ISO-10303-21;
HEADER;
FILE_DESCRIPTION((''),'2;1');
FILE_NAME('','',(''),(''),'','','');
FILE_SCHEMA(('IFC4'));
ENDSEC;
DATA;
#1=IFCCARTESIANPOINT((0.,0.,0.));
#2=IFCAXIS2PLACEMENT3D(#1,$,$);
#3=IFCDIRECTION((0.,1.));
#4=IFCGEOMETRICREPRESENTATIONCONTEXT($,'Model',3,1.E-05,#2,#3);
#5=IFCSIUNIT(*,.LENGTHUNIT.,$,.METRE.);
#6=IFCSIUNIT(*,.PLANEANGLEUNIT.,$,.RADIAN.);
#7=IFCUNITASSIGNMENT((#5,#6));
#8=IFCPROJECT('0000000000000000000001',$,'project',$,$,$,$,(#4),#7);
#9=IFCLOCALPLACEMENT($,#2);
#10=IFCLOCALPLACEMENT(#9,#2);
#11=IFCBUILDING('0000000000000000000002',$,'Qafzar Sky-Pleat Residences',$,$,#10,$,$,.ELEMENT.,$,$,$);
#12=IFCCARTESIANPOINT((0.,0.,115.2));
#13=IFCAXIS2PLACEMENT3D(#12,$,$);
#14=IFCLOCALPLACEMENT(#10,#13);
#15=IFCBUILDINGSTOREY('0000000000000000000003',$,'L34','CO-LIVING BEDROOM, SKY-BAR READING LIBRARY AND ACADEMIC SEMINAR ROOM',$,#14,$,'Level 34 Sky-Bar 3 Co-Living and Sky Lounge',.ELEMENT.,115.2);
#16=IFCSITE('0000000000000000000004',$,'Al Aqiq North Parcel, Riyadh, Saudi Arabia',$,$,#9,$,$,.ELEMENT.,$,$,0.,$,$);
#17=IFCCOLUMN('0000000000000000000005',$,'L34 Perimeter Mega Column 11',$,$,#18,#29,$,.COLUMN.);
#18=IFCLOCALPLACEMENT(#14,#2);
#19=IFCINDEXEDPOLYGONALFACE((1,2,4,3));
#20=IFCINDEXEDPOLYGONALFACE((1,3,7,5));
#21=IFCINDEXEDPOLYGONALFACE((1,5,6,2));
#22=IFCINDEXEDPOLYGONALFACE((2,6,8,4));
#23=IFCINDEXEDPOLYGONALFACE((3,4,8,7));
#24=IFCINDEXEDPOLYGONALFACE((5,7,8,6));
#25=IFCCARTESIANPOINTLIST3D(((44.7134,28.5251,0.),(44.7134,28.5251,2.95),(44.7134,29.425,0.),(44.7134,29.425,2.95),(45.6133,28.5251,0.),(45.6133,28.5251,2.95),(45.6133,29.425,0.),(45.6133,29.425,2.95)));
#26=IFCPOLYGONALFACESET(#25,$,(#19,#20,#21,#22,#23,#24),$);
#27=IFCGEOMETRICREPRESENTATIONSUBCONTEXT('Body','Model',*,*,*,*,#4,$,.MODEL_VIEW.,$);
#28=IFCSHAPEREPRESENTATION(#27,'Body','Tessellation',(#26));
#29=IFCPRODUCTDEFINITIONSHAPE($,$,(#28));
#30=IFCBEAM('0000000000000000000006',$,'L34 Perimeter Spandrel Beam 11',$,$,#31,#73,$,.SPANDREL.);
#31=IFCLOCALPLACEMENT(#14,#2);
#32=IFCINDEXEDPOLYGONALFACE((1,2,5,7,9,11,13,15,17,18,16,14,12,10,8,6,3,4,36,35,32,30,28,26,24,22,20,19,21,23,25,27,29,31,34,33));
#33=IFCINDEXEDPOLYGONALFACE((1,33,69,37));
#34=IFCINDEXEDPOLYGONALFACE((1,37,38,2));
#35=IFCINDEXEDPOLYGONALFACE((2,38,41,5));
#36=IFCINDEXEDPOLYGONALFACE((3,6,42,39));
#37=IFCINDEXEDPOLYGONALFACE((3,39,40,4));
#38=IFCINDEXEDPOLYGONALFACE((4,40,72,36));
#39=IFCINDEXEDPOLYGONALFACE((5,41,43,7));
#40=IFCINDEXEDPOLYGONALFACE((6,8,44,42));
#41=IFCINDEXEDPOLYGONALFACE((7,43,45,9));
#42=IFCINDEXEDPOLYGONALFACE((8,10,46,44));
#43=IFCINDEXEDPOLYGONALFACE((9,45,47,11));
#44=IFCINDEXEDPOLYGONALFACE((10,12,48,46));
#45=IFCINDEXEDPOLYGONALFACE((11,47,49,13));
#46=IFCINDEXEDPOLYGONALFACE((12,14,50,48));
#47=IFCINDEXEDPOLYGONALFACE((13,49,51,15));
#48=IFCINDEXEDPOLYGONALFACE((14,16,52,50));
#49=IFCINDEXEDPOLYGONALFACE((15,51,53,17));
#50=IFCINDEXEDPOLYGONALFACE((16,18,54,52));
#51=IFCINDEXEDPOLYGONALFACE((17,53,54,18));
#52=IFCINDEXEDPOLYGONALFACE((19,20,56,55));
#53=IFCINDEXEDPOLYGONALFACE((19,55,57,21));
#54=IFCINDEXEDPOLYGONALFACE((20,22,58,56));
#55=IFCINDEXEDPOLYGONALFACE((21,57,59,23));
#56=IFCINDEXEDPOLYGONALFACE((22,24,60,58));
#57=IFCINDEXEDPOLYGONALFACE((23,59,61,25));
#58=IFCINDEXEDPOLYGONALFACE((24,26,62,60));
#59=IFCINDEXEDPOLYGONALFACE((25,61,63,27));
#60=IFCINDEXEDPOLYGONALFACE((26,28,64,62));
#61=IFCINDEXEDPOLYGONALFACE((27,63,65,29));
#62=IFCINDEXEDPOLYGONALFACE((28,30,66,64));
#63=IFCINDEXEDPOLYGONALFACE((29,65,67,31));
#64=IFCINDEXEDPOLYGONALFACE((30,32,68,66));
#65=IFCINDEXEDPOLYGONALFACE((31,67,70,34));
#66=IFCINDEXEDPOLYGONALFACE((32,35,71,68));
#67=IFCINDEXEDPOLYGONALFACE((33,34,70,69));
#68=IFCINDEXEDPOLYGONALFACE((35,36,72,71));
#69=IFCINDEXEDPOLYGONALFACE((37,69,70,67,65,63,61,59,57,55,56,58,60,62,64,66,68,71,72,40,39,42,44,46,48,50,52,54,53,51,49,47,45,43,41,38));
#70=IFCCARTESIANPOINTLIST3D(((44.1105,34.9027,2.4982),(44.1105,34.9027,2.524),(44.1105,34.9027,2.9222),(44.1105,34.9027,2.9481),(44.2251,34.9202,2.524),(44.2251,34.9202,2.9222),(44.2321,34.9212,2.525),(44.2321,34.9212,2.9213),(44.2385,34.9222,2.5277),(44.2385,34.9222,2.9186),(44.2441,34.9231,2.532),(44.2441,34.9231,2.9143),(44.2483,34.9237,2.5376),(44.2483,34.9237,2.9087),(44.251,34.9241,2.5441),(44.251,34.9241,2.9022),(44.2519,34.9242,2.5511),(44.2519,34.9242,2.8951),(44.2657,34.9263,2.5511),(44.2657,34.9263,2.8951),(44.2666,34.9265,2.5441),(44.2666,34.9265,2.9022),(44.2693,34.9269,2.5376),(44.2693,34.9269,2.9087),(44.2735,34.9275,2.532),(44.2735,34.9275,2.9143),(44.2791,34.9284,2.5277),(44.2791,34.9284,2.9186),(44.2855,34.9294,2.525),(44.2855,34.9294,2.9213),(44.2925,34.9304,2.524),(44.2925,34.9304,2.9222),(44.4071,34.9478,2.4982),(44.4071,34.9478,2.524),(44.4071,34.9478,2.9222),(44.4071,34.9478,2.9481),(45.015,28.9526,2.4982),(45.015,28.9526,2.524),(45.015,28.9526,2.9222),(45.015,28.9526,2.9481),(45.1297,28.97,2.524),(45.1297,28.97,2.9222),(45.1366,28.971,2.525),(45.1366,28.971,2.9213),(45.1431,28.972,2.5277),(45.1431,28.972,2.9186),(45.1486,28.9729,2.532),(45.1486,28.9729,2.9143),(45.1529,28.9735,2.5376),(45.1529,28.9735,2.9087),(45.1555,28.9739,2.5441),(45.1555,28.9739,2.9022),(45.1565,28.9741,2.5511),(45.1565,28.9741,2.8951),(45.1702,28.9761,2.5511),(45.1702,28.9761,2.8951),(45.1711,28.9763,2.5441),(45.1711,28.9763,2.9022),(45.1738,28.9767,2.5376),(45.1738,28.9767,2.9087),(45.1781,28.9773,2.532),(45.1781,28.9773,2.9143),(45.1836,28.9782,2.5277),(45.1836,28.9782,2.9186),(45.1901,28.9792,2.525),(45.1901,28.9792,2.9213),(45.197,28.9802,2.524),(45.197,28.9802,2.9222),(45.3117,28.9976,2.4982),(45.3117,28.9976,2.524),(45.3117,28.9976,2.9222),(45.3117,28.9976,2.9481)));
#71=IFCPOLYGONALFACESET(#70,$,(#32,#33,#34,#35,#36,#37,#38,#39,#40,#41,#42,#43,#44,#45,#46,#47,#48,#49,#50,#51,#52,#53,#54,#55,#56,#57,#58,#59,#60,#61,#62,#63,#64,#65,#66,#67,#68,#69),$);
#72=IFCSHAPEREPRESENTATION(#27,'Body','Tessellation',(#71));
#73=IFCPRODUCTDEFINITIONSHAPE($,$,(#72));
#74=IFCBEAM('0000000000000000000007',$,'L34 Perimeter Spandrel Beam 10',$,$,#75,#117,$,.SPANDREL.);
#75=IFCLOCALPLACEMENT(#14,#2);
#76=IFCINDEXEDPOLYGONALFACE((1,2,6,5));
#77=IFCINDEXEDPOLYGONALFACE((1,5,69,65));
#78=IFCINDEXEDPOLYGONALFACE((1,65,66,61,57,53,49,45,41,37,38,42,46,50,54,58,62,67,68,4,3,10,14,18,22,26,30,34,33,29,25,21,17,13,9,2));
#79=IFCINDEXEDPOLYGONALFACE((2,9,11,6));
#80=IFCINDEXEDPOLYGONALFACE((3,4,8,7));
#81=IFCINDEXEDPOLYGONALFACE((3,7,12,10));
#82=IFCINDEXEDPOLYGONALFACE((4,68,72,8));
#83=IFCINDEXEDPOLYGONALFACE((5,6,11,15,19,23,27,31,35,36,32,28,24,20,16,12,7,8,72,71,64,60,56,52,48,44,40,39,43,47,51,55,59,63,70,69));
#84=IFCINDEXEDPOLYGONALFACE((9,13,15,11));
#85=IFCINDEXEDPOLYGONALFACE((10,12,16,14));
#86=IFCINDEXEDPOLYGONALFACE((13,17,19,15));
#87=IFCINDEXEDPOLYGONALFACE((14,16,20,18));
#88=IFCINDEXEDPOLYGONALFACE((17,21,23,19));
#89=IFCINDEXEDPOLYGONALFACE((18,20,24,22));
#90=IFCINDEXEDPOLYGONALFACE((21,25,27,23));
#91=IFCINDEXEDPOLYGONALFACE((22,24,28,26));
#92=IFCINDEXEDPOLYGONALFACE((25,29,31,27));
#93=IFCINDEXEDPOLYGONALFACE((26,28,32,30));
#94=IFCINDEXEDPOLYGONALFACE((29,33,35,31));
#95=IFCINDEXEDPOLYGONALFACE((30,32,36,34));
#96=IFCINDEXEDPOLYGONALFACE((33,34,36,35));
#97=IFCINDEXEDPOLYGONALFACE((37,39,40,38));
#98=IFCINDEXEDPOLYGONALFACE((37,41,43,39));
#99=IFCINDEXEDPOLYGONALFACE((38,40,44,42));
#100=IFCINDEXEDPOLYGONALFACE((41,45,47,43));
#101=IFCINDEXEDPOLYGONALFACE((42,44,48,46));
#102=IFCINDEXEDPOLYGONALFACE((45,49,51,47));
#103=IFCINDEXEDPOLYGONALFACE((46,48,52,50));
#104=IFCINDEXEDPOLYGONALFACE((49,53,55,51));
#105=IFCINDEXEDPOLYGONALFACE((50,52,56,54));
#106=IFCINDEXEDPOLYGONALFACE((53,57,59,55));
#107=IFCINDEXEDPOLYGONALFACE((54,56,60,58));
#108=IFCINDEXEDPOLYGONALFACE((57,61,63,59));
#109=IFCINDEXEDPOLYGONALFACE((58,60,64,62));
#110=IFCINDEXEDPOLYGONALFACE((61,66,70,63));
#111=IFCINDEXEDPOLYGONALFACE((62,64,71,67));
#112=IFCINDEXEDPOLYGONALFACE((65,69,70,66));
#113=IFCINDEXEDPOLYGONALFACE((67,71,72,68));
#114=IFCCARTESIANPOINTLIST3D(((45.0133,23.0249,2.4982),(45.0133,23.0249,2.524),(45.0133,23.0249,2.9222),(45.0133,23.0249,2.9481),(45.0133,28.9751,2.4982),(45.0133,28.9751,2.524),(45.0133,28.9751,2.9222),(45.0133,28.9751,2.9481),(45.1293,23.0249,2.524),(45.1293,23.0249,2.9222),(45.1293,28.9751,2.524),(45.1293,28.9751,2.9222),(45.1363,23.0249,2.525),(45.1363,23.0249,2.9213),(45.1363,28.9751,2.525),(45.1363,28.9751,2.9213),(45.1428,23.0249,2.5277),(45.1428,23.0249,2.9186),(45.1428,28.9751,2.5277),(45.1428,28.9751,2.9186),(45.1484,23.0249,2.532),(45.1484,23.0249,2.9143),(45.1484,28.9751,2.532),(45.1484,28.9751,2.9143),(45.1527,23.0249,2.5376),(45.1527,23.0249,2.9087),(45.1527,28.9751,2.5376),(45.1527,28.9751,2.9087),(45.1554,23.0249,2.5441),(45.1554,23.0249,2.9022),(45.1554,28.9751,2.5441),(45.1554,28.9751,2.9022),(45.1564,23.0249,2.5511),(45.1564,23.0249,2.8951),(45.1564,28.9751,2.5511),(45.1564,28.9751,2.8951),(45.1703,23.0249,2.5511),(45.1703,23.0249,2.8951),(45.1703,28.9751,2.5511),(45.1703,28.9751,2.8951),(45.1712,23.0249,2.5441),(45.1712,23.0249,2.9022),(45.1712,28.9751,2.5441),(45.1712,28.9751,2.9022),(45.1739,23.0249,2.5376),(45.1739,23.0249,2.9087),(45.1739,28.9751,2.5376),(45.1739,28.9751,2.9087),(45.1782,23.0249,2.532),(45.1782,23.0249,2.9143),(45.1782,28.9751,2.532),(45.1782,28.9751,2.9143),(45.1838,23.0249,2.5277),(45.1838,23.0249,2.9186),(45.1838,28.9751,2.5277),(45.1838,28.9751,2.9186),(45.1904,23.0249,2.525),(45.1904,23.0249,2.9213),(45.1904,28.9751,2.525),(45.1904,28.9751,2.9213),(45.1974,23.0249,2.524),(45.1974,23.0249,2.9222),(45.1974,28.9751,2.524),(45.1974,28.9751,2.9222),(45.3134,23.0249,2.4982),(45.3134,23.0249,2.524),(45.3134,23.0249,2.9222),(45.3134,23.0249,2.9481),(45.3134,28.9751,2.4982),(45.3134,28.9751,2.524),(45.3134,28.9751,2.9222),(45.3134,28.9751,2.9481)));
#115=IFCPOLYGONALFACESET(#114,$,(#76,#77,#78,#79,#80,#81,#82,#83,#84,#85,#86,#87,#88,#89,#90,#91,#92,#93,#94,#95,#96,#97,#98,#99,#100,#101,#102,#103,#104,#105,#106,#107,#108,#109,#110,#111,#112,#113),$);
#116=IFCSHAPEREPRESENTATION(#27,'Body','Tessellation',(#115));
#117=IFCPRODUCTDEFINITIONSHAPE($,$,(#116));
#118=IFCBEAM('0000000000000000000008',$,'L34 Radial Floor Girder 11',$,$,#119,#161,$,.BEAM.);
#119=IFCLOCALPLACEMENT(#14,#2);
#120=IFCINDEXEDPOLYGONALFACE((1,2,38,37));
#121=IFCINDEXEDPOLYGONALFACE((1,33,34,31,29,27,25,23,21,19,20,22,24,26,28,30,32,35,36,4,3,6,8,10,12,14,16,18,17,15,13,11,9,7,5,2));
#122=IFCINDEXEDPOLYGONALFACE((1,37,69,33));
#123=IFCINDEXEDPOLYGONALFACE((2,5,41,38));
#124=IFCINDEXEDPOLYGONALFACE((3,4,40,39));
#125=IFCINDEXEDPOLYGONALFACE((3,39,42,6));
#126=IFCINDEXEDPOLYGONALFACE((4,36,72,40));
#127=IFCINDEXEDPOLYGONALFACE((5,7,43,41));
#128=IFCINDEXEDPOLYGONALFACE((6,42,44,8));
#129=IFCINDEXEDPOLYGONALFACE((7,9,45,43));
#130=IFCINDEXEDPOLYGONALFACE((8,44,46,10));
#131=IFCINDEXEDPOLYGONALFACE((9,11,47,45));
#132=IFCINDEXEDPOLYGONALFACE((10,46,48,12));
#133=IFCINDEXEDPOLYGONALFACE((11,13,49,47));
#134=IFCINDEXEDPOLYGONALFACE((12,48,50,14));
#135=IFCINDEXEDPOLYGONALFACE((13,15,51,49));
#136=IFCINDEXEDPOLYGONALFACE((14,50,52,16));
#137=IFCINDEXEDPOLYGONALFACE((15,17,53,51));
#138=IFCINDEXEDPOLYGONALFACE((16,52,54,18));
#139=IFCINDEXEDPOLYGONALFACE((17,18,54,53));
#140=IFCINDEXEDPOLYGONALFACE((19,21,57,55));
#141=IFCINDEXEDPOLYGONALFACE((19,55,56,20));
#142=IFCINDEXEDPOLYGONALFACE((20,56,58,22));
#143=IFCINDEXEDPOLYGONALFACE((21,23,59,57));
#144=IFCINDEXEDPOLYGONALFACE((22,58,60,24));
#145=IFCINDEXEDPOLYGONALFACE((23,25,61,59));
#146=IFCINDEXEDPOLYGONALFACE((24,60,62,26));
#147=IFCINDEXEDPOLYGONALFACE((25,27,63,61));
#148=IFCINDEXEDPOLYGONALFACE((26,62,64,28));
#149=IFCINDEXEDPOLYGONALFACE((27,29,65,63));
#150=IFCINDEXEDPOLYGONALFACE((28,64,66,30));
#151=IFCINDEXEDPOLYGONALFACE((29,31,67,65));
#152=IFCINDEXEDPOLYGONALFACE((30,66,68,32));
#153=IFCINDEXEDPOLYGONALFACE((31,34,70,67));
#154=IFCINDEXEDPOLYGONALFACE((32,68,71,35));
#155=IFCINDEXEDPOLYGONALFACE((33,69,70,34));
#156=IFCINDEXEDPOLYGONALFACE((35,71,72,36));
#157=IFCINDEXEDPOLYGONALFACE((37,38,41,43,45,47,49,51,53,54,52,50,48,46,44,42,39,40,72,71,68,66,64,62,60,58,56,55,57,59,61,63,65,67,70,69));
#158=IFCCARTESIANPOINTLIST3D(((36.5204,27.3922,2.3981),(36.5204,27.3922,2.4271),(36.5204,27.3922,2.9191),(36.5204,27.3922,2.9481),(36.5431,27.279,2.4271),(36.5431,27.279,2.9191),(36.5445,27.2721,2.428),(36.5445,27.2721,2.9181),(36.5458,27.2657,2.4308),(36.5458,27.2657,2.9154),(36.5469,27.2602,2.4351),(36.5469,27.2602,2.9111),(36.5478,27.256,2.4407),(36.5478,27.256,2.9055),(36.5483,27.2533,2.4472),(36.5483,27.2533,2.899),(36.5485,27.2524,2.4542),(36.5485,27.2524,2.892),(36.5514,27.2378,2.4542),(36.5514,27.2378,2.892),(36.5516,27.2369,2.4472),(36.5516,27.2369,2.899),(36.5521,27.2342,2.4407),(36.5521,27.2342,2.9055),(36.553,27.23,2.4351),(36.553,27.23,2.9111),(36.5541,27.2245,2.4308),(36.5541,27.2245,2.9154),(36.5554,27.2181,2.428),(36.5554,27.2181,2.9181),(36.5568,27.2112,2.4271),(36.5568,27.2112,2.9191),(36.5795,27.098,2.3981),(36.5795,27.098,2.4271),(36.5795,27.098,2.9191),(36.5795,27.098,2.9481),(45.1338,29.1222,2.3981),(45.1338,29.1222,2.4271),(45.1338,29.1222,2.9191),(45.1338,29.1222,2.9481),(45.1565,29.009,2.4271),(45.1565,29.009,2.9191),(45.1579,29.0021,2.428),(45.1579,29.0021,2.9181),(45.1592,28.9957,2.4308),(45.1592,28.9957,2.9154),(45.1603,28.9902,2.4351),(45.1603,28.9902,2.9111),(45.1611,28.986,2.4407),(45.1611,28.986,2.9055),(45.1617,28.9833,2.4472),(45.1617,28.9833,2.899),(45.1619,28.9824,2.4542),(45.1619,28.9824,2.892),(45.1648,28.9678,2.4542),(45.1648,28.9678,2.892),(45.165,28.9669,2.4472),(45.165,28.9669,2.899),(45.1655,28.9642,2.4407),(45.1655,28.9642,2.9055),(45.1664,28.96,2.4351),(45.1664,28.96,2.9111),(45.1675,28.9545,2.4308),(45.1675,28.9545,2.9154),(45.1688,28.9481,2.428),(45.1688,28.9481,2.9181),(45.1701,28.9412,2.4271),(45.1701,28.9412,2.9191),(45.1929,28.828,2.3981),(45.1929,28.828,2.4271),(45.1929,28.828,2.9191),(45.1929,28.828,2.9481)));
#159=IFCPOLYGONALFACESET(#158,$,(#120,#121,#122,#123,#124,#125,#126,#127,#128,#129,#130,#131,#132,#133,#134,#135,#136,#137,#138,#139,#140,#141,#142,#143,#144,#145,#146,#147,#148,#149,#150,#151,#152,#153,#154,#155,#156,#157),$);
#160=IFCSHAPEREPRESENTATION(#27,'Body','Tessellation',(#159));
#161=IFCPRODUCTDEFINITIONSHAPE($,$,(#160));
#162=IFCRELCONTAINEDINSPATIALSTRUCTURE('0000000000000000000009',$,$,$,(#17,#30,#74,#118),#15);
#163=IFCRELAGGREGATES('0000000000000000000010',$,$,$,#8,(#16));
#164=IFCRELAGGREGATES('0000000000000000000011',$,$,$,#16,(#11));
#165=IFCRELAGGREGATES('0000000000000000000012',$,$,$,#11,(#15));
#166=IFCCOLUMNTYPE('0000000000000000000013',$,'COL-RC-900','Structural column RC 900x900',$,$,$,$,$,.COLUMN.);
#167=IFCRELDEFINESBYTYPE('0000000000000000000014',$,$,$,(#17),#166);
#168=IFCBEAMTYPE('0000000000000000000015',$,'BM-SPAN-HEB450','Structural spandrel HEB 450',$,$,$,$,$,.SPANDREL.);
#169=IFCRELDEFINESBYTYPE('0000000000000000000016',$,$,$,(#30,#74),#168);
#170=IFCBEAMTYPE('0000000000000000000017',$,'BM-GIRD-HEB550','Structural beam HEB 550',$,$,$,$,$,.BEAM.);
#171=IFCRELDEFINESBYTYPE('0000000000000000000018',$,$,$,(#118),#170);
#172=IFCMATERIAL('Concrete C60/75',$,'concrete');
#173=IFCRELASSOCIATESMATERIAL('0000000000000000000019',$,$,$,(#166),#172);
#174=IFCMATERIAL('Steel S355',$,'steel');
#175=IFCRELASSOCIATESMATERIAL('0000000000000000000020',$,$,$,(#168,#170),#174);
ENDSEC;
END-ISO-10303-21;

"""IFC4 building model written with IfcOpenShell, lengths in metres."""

from ifc_helpers import new_model, si_unit, direction, frame, origin, origin_2d, place, context, subcontext, project, spatial, rectangle, i_section, extrude, source, transform, mapped, material, material_profile, profile_set, type_object, element, save


model = new_model("IFC4")

# Units and contexts
model_context = context("Model", 3, precision=1e-05, world=origin(), true_north=direction((0.0, 1.0)))
body_context = subcontext(model_context, "Body", "Model", "MODEL_VIEW")
ifc_project = project(units=[si_unit("LENGTHUNIT", "METRE"), si_unit("PLANEANGLEUNIT", "RADIAN")], contexts=[model_context])

# Site, building, storey
site_placement = place(None, origin())
site = spatial("IfcSite", under=ifc_project, at=site_placement, Name="Al Aqiq North Parcel, Riyadh, Saudi Arabia", CompositionType="ELEMENT", RefElevation=0.0)
building_placement = place(site_placement, origin())
building = spatial("IfcBuilding", under=site, at=building_placement, Name="Qafzar Sky-Pleat Residences", CompositionType="ELEMENT")
storey_placement = place(building_placement, frame((0.0, 0.0, 115.2)))
storey = spatial("IfcBuildingStorey", under=building, at=storey_placement, Name="L34", Description="CO-LIVING BEDROOM, SKY-BAR READING LIBRARY AND ACADEMIC SEMINAR ROOM", LongName="Level 34 Sky-Bar 3 Co-Living and Sky Lounge", CompositionType="ELEMENT", Elevation=115.2)

# Column
ifc_material_1 = material(Name="Concrete C60/75", Category="concrete")
ifc_material_profile_1 = material_profile(ifc_material_1, rectangle(XDim=0.8999, YDim=0.8999, at=origin_2d()), Name="RC 900x900")
ifc_profile_set_1 = profile_set([ifc_material_profile_1], Name="Concrete C60/75")
column_type = type_object("IfcColumnType", Name="COL-RC-900", Description="Structural column RC 900x900", PredefinedType="COLUMN", material=ifc_profile_set_1)
shared_shape_1 = source(origin(), body_context, "Body", "SweptSolid", [
    extrude(rectangle(XDim=0.8999, YDim=0.8999, at=origin_2d()), origin(), (0.0, 0.0, 1.0), 2.95),
])
column_placement = place(storey_placement, frame((45.1633, 28.9751, 0.0), z_axis=(0.0, 0.0, 1.0), x_axis=(1.0, 0.0, 0.0)))
element("IfcColumn", 1, at=column_placement, inside=storey, type_object=column_type, Name="L34 Perimeter Mega Column 11", PredefinedType="COLUMN", context=body_context, shape_type="MappedRepresentation", body=[
    mapped(shared_shape_1, transform((0.0, 0.0, 0.0), x_axis=(1.0, 0.0, 0.0), y_axis=(0.0, 1.0, 0.0), z_axis=(0.0, 0.0, 1.0), scale=1.0)),
])

# Beams
ifc_material_2 = material(Name="Steel S355", Category="steel")
ifc_material_profile_2 = material_profile(ifc_material_2, i_section(OverallWidth=0.3, OverallDepth=0.45, WebThickness=0.0139, FlangeThickness=0.0259, FilletRadius=0.0271, at=origin_2d()), Name="HEB 450")
ifc_profile_set_2 = profile_set([ifc_material_profile_2], Name="Steel S355")
beam_type_1 = type_object("IfcBeamType", Name="BM-SPAN-HEB450", Description="Structural spandrel HEB 450", PredefinedType="SPANDREL", material=ifc_profile_set_2)
shared_shape_2 = source(origin(), body_context, "Body", "SweptSolid", [
    extrude(i_section(OverallWidth=0.3, OverallDepth=0.45, WebThickness=0.0139, FlangeThickness=0.0259, FilletRadius=0.0271, at=origin_2d()), origin(), (0.0, 0.0, 1.0), 6.0186),
])
beam_1_placement = place(storey_placement, frame((45.1633, 28.9751, 2.7231), z_axis=(-0.150292, 0.988642, 0.0), x_axis=(-0.988642, -0.150292, 0.0)))
element("IfcBeam", 2, at=beam_1_placement, inside=storey, type_object=beam_type_1, Name="L34 Perimeter Spandrel Beam 11", PredefinedType="SPANDREL", context=body_context, shape_type="MappedRepresentation", body=[
    mapped(shared_shape_2, transform((0.0, 0.0, 0.0), x_axis=(1.0, 0.0, 0.0), y_axis=(0.0, 1.0, 0.0), z_axis=(0.0, 0.0, 1.0), scale=1.0)),
])
shared_shape_3 = source(origin(), body_context, "Body", "SweptSolid", [
    extrude(i_section(OverallWidth=0.3, OverallDepth=0.45, WebThickness=0.0139, FlangeThickness=0.0259, FilletRadius=0.0271, at=origin_2d()), origin(), (0.0, 0.0, 1.0), 5.9502),
])
beam_2_placement = place(storey_placement, frame((45.1633, 23.0249, 2.7231), z_axis=(0.0, 1.0, 0.0), x_axis=(-1.0, 0.0, 0.0)))
element("IfcBeam", 3, at=beam_2_placement, inside=storey, type_object=beam_type_1, Name="L34 Perimeter Spandrel Beam 10", PredefinedType="SPANDREL", context=body_context, shape_type="MappedRepresentation", body=[
    mapped(shared_shape_3, transform((0.0, 0.0, 0.0), x_axis=(1.0, 0.0, 0.0), y_axis=(0.0, 1.0, 0.0), z_axis=(0.0, 0.0, 1.0), scale=1.0)),
])
ifc_material_profile_3 = material_profile(ifc_material_2, i_section(OverallWidth=0.3, OverallDepth=0.55, WebThickness=0.0149, FlangeThickness=0.0291, FilletRadius=0.0271, at=origin_2d()), Name="HEB 550")
ifc_profile_set_3 = profile_set([ifc_material_profile_3], Name="Steel S355")
beam_type_2 = type_object("IfcBeamType", Name="BM-GIRD-HEB550", Description="Structural beam HEB 550", PredefinedType="BEAM", material=ifc_profile_set_3)
shared_shape_4 = source(origin(), body_context, "Body", "SweptSolid", [
    extrude(i_section(OverallWidth=0.3, OverallDepth=0.55, WebThickness=0.0149, FlangeThickness=0.0291, FilletRadius=0.0271, at=origin_2d()), origin(), (0.0, 0.0, 1.0), 8.7854),
])
beam_3_placement = place(storey_placement, frame((45.1633, 28.9751, 2.6731), z_axis=(-0.98042, -0.196918, 0.0), x_axis=(0.196918, -0.98042, 0.0)))
element("IfcBeam", 4, at=beam_3_placement, inside=storey, type_object=beam_type_2, Name="L34 Radial Floor Girder 11", PredefinedType="BEAM", context=body_context, shape_type="MappedRepresentation", body=[
    mapped(shared_shape_4, transform((0.0, 0.0, 0.0), x_axis=(1.0, 0.0, 0.0), y_axis=(0.0, 1.0, 0.0), z_axis=(0.0, 0.0, 1.0), scale=1.0)),
])

save(model, "model.ifc")
